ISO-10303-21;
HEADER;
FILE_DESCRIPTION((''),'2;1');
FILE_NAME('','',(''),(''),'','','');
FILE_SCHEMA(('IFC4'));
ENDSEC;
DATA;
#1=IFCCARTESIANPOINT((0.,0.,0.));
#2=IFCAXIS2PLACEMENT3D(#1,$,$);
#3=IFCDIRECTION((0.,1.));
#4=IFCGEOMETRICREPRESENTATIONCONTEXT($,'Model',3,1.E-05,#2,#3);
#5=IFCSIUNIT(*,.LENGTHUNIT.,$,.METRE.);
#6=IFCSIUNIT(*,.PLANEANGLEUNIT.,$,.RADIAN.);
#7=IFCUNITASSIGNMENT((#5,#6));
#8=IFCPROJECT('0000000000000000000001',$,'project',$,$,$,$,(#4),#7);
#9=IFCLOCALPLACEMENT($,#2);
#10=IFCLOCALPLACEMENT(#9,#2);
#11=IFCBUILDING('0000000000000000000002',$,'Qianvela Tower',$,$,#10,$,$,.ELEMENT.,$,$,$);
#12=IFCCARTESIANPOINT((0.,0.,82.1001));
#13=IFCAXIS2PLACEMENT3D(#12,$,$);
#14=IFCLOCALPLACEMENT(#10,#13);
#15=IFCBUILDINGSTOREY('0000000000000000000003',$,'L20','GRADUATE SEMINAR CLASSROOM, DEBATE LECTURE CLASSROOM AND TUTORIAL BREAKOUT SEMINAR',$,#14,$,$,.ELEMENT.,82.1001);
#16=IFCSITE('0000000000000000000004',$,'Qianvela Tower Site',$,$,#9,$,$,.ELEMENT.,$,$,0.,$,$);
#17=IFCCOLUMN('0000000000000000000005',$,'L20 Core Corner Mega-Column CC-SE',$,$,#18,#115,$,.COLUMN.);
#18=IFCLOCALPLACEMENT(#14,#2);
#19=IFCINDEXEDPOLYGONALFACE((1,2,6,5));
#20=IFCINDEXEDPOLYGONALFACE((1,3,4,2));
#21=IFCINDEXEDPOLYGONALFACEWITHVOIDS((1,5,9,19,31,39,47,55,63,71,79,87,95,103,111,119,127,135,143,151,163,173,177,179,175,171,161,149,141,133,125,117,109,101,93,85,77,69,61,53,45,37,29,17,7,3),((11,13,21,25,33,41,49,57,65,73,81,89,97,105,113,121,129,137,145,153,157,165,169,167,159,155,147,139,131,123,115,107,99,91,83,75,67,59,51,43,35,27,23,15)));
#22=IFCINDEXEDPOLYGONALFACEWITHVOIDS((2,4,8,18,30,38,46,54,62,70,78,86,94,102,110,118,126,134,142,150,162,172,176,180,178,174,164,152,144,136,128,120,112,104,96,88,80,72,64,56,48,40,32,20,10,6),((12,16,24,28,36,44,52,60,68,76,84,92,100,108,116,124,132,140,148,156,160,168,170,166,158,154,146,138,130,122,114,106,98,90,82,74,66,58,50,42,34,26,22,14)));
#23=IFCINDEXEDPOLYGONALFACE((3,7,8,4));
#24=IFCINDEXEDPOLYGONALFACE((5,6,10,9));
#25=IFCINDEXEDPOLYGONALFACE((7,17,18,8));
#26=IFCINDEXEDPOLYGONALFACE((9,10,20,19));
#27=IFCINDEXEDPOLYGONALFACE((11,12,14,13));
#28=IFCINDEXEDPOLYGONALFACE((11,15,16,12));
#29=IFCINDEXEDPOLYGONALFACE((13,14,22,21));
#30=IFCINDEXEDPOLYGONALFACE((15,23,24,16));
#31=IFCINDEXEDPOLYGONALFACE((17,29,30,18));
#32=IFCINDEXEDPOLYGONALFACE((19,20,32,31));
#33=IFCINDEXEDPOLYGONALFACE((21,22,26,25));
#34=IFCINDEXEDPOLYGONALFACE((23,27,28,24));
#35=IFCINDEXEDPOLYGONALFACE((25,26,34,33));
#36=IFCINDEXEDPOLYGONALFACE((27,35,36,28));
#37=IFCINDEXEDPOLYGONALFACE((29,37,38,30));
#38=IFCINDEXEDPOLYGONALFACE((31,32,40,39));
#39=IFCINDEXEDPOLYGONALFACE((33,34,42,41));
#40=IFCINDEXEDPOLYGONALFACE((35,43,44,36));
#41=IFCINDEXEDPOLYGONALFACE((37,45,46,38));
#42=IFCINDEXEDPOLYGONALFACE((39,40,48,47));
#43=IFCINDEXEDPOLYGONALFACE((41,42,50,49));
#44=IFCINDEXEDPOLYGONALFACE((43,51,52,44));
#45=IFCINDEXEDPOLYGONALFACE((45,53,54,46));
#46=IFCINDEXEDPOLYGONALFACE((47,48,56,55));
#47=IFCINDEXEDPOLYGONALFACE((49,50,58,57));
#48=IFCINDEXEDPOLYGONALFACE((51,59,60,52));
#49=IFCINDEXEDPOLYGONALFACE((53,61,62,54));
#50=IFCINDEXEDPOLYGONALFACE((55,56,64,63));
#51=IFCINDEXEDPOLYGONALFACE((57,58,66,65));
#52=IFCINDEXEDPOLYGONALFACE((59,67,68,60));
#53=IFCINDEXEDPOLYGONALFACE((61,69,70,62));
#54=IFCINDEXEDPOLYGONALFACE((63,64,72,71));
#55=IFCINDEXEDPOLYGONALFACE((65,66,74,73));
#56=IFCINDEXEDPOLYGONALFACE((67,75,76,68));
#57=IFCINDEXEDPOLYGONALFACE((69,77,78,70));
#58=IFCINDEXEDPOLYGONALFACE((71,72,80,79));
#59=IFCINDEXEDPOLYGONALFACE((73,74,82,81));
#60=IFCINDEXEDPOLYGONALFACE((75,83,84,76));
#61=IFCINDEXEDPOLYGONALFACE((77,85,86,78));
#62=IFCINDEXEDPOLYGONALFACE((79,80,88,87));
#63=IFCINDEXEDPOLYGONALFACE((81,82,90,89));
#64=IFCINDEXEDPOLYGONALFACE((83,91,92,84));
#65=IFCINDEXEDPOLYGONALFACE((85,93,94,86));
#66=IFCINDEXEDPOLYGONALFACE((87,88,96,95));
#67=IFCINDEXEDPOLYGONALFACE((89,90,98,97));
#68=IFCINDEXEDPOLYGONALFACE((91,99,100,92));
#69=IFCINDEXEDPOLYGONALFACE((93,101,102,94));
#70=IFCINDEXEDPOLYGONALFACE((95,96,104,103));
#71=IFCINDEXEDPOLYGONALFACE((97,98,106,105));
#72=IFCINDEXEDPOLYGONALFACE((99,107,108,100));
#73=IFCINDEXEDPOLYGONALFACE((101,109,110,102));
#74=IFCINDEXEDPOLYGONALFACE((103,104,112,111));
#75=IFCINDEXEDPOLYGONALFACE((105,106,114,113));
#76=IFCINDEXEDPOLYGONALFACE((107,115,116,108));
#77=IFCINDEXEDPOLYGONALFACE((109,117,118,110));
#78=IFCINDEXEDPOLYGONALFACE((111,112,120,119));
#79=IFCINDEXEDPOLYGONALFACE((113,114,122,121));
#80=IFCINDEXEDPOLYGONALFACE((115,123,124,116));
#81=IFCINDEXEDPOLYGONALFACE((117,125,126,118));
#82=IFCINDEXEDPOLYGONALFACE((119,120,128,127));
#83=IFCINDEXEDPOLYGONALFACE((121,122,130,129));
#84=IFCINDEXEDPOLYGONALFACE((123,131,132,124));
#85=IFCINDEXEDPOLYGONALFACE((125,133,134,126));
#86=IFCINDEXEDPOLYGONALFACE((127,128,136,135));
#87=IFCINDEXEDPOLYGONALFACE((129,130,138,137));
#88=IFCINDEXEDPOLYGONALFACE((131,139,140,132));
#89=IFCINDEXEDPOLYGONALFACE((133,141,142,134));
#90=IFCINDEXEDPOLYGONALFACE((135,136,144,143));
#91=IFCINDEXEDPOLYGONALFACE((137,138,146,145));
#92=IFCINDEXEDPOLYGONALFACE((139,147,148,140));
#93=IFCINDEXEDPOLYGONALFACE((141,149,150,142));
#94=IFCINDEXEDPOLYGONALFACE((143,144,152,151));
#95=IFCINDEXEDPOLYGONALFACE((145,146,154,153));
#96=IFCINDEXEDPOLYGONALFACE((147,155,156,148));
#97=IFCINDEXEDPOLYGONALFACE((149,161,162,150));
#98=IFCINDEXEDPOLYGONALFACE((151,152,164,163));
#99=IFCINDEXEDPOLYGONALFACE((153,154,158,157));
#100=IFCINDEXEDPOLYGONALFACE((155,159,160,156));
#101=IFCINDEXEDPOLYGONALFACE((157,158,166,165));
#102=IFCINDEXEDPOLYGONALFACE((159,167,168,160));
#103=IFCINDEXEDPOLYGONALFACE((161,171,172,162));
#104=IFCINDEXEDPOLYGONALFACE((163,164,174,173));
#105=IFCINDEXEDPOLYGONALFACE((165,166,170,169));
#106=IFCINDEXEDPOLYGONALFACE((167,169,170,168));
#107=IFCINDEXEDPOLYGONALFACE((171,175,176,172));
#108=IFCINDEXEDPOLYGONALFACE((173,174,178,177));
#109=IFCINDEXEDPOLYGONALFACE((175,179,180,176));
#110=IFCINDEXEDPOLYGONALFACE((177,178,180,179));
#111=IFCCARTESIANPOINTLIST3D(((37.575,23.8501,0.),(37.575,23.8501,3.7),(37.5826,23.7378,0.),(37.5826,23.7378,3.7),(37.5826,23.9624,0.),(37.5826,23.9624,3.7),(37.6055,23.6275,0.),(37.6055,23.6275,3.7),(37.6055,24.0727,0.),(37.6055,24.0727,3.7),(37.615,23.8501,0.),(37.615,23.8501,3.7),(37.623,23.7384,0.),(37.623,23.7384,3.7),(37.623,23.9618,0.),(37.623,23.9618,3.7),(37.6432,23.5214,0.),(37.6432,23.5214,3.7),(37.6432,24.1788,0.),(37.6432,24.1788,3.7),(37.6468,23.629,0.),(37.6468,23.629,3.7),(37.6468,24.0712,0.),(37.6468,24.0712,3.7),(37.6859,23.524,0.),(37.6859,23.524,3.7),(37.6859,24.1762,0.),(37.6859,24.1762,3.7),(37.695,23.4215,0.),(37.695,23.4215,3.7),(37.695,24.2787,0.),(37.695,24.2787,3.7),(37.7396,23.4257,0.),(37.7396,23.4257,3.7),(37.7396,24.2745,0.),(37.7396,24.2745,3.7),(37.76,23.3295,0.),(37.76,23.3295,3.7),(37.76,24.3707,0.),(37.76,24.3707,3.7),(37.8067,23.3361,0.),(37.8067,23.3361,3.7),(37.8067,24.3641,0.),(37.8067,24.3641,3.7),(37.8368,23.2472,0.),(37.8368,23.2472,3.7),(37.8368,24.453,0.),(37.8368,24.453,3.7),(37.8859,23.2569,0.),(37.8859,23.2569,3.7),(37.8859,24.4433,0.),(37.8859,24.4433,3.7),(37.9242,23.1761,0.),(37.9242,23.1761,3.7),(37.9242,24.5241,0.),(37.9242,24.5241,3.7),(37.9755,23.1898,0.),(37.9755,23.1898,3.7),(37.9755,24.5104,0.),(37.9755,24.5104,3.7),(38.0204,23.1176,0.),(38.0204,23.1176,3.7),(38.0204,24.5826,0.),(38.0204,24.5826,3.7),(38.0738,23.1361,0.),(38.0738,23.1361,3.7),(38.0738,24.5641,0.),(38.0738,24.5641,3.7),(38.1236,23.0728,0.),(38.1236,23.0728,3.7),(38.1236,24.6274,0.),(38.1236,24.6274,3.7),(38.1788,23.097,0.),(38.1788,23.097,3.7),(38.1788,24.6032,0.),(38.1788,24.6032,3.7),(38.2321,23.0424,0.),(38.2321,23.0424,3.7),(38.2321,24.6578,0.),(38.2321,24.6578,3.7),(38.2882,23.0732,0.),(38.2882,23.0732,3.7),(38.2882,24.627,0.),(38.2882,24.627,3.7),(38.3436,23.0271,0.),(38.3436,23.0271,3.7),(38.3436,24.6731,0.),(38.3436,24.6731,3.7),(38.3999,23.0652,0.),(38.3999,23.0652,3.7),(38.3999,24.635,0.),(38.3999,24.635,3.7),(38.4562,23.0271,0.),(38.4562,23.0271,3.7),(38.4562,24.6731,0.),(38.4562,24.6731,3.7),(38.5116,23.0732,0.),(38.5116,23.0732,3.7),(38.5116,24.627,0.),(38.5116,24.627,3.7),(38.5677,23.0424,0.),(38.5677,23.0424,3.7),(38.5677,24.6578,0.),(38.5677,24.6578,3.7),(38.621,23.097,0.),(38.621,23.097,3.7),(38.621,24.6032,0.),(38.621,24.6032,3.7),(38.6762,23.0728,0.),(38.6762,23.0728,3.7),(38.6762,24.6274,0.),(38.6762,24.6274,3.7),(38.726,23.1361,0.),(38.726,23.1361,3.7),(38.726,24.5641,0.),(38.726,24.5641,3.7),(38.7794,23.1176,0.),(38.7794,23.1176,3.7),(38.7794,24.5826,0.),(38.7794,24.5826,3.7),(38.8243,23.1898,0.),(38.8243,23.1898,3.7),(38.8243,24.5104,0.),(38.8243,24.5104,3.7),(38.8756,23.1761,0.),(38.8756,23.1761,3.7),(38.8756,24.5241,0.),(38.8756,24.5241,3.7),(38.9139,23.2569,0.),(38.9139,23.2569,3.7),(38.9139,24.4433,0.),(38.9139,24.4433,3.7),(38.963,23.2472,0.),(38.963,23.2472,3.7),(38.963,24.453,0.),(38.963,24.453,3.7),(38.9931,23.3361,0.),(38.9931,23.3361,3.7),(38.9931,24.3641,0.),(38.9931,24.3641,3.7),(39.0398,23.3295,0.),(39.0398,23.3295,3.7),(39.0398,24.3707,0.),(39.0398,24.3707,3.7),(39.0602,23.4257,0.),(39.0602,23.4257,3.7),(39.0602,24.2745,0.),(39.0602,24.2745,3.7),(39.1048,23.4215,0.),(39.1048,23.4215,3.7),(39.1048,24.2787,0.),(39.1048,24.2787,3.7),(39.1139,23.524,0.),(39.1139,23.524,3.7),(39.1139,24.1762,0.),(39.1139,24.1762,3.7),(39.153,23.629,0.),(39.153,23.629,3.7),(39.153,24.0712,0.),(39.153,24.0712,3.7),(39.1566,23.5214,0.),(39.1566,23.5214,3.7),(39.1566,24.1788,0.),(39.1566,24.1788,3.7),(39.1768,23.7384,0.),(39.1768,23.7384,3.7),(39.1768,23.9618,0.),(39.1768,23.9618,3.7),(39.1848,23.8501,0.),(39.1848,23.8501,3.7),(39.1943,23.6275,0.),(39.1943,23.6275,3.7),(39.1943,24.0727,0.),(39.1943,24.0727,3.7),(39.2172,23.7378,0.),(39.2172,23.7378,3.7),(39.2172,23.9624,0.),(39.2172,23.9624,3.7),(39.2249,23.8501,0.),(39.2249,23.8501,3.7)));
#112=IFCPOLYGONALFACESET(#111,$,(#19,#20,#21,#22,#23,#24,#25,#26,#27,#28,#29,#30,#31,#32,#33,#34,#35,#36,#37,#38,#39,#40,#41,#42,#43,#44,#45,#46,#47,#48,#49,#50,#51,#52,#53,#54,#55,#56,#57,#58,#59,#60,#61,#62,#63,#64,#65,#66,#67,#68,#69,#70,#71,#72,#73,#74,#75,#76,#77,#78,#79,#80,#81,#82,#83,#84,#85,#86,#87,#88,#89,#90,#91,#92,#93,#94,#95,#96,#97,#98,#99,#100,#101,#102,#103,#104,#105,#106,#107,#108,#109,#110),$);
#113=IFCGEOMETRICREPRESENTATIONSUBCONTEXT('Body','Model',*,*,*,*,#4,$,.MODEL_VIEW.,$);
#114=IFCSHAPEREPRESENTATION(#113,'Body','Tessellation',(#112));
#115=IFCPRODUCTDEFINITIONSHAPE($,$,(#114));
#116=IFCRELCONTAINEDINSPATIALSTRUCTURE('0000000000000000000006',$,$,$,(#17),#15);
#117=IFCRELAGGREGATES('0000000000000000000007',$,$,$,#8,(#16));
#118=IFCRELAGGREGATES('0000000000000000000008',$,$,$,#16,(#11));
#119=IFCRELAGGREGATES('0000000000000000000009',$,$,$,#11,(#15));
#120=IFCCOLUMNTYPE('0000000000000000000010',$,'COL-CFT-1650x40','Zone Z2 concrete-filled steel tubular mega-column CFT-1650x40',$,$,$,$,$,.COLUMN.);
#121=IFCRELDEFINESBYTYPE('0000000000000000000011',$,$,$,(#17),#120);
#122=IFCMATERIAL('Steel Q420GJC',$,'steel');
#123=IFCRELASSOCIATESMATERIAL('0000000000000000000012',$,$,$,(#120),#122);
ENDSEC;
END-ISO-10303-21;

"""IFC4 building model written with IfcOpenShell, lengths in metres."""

from ifc_helpers import new_model, si_unit, direction, frame, origin, origin_2d, place, context, subcontext, project, spatial, hollow_circle, extrude, material, material_profile, profile_set, type_object, element, save


model = new_model("IFC4")

# Units and contexts
model_context = context("Model", 3, precision=1e-05, world=origin(), true_north=direction((0.0, 1.0)))
body_context = subcontext(model_context, "Body", "Model", "MODEL_VIEW")
ifc_project = project(units=[si_unit("LENGTHUNIT", "METRE"), si_unit("PLANEANGLEUNIT", "RADIAN")], contexts=[model_context])

# Site, building, storey
site_placement = place(None, origin())
site = spatial("IfcSite", under=ifc_project, at=site_placement, Name="Qianvela Tower Site", CompositionType="ELEMENT", RefElevation=0.0)
building_placement = place(site_placement, origin())
building = spatial("IfcBuilding", under=site, at=building_placement, Name="Qianvela Tower", CompositionType="ELEMENT")
storey_placement = place(building_placement, frame((0.0, 0.0, 82.1001)))
storey = spatial("IfcBuildingStorey", under=building, at=storey_placement, Name="L20", Description="GRADUATE SEMINAR CLASSROOM, DEBATE LECTURE CLASSROOM AND TUTORIAL BREAKOUT SEMINAR", CompositionType="ELEMENT", Elevation=82.1001)

# Column
ifc_material_1 = material(Name="Steel Q420GJC", Category="steel")
ifc_material_profile_1 = material_profile(ifc_material_1, hollow_circle(Radius=0.825, WallThickness=0.04, at=origin_2d()), Name="CFT-1650x40")
ifc_profile_set_1 = profile_set([ifc_material_profile_1], Name="Steel Q420GJC")
column_type = type_object("IfcColumnType", Name="COL-CFT-1650x40", Description="Zone Z2 concrete-filled steel tubular mega-column CFT-1650x40", PredefinedType="COLUMN", material=ifc_profile_set_1)
for number, where, z_axis, x_axis, name in (
    (1, (38.3999, 23.8501, 0.0), (0.0, 0.0, 1.0), (1.0, 0.0, 0.0), "L20 Core Corner Mega-Column CC-SE"),
):
    element("IfcColumn", number, at=place(storey_placement, frame(where, z_axis=z_axis, x_axis=x_axis)), inside=storey, type_object=column_type, Name=name, PredefinedType="COLUMN", context=body_context, shape_type="SweptSolid", body=[
        extrude(hollow_circle(Radius=0.825, WallThickness=0.04, at=origin_2d()), origin(), (0.0, 0.0, 1.0), 3.7),
    ])

save(model, "model.ifc")
